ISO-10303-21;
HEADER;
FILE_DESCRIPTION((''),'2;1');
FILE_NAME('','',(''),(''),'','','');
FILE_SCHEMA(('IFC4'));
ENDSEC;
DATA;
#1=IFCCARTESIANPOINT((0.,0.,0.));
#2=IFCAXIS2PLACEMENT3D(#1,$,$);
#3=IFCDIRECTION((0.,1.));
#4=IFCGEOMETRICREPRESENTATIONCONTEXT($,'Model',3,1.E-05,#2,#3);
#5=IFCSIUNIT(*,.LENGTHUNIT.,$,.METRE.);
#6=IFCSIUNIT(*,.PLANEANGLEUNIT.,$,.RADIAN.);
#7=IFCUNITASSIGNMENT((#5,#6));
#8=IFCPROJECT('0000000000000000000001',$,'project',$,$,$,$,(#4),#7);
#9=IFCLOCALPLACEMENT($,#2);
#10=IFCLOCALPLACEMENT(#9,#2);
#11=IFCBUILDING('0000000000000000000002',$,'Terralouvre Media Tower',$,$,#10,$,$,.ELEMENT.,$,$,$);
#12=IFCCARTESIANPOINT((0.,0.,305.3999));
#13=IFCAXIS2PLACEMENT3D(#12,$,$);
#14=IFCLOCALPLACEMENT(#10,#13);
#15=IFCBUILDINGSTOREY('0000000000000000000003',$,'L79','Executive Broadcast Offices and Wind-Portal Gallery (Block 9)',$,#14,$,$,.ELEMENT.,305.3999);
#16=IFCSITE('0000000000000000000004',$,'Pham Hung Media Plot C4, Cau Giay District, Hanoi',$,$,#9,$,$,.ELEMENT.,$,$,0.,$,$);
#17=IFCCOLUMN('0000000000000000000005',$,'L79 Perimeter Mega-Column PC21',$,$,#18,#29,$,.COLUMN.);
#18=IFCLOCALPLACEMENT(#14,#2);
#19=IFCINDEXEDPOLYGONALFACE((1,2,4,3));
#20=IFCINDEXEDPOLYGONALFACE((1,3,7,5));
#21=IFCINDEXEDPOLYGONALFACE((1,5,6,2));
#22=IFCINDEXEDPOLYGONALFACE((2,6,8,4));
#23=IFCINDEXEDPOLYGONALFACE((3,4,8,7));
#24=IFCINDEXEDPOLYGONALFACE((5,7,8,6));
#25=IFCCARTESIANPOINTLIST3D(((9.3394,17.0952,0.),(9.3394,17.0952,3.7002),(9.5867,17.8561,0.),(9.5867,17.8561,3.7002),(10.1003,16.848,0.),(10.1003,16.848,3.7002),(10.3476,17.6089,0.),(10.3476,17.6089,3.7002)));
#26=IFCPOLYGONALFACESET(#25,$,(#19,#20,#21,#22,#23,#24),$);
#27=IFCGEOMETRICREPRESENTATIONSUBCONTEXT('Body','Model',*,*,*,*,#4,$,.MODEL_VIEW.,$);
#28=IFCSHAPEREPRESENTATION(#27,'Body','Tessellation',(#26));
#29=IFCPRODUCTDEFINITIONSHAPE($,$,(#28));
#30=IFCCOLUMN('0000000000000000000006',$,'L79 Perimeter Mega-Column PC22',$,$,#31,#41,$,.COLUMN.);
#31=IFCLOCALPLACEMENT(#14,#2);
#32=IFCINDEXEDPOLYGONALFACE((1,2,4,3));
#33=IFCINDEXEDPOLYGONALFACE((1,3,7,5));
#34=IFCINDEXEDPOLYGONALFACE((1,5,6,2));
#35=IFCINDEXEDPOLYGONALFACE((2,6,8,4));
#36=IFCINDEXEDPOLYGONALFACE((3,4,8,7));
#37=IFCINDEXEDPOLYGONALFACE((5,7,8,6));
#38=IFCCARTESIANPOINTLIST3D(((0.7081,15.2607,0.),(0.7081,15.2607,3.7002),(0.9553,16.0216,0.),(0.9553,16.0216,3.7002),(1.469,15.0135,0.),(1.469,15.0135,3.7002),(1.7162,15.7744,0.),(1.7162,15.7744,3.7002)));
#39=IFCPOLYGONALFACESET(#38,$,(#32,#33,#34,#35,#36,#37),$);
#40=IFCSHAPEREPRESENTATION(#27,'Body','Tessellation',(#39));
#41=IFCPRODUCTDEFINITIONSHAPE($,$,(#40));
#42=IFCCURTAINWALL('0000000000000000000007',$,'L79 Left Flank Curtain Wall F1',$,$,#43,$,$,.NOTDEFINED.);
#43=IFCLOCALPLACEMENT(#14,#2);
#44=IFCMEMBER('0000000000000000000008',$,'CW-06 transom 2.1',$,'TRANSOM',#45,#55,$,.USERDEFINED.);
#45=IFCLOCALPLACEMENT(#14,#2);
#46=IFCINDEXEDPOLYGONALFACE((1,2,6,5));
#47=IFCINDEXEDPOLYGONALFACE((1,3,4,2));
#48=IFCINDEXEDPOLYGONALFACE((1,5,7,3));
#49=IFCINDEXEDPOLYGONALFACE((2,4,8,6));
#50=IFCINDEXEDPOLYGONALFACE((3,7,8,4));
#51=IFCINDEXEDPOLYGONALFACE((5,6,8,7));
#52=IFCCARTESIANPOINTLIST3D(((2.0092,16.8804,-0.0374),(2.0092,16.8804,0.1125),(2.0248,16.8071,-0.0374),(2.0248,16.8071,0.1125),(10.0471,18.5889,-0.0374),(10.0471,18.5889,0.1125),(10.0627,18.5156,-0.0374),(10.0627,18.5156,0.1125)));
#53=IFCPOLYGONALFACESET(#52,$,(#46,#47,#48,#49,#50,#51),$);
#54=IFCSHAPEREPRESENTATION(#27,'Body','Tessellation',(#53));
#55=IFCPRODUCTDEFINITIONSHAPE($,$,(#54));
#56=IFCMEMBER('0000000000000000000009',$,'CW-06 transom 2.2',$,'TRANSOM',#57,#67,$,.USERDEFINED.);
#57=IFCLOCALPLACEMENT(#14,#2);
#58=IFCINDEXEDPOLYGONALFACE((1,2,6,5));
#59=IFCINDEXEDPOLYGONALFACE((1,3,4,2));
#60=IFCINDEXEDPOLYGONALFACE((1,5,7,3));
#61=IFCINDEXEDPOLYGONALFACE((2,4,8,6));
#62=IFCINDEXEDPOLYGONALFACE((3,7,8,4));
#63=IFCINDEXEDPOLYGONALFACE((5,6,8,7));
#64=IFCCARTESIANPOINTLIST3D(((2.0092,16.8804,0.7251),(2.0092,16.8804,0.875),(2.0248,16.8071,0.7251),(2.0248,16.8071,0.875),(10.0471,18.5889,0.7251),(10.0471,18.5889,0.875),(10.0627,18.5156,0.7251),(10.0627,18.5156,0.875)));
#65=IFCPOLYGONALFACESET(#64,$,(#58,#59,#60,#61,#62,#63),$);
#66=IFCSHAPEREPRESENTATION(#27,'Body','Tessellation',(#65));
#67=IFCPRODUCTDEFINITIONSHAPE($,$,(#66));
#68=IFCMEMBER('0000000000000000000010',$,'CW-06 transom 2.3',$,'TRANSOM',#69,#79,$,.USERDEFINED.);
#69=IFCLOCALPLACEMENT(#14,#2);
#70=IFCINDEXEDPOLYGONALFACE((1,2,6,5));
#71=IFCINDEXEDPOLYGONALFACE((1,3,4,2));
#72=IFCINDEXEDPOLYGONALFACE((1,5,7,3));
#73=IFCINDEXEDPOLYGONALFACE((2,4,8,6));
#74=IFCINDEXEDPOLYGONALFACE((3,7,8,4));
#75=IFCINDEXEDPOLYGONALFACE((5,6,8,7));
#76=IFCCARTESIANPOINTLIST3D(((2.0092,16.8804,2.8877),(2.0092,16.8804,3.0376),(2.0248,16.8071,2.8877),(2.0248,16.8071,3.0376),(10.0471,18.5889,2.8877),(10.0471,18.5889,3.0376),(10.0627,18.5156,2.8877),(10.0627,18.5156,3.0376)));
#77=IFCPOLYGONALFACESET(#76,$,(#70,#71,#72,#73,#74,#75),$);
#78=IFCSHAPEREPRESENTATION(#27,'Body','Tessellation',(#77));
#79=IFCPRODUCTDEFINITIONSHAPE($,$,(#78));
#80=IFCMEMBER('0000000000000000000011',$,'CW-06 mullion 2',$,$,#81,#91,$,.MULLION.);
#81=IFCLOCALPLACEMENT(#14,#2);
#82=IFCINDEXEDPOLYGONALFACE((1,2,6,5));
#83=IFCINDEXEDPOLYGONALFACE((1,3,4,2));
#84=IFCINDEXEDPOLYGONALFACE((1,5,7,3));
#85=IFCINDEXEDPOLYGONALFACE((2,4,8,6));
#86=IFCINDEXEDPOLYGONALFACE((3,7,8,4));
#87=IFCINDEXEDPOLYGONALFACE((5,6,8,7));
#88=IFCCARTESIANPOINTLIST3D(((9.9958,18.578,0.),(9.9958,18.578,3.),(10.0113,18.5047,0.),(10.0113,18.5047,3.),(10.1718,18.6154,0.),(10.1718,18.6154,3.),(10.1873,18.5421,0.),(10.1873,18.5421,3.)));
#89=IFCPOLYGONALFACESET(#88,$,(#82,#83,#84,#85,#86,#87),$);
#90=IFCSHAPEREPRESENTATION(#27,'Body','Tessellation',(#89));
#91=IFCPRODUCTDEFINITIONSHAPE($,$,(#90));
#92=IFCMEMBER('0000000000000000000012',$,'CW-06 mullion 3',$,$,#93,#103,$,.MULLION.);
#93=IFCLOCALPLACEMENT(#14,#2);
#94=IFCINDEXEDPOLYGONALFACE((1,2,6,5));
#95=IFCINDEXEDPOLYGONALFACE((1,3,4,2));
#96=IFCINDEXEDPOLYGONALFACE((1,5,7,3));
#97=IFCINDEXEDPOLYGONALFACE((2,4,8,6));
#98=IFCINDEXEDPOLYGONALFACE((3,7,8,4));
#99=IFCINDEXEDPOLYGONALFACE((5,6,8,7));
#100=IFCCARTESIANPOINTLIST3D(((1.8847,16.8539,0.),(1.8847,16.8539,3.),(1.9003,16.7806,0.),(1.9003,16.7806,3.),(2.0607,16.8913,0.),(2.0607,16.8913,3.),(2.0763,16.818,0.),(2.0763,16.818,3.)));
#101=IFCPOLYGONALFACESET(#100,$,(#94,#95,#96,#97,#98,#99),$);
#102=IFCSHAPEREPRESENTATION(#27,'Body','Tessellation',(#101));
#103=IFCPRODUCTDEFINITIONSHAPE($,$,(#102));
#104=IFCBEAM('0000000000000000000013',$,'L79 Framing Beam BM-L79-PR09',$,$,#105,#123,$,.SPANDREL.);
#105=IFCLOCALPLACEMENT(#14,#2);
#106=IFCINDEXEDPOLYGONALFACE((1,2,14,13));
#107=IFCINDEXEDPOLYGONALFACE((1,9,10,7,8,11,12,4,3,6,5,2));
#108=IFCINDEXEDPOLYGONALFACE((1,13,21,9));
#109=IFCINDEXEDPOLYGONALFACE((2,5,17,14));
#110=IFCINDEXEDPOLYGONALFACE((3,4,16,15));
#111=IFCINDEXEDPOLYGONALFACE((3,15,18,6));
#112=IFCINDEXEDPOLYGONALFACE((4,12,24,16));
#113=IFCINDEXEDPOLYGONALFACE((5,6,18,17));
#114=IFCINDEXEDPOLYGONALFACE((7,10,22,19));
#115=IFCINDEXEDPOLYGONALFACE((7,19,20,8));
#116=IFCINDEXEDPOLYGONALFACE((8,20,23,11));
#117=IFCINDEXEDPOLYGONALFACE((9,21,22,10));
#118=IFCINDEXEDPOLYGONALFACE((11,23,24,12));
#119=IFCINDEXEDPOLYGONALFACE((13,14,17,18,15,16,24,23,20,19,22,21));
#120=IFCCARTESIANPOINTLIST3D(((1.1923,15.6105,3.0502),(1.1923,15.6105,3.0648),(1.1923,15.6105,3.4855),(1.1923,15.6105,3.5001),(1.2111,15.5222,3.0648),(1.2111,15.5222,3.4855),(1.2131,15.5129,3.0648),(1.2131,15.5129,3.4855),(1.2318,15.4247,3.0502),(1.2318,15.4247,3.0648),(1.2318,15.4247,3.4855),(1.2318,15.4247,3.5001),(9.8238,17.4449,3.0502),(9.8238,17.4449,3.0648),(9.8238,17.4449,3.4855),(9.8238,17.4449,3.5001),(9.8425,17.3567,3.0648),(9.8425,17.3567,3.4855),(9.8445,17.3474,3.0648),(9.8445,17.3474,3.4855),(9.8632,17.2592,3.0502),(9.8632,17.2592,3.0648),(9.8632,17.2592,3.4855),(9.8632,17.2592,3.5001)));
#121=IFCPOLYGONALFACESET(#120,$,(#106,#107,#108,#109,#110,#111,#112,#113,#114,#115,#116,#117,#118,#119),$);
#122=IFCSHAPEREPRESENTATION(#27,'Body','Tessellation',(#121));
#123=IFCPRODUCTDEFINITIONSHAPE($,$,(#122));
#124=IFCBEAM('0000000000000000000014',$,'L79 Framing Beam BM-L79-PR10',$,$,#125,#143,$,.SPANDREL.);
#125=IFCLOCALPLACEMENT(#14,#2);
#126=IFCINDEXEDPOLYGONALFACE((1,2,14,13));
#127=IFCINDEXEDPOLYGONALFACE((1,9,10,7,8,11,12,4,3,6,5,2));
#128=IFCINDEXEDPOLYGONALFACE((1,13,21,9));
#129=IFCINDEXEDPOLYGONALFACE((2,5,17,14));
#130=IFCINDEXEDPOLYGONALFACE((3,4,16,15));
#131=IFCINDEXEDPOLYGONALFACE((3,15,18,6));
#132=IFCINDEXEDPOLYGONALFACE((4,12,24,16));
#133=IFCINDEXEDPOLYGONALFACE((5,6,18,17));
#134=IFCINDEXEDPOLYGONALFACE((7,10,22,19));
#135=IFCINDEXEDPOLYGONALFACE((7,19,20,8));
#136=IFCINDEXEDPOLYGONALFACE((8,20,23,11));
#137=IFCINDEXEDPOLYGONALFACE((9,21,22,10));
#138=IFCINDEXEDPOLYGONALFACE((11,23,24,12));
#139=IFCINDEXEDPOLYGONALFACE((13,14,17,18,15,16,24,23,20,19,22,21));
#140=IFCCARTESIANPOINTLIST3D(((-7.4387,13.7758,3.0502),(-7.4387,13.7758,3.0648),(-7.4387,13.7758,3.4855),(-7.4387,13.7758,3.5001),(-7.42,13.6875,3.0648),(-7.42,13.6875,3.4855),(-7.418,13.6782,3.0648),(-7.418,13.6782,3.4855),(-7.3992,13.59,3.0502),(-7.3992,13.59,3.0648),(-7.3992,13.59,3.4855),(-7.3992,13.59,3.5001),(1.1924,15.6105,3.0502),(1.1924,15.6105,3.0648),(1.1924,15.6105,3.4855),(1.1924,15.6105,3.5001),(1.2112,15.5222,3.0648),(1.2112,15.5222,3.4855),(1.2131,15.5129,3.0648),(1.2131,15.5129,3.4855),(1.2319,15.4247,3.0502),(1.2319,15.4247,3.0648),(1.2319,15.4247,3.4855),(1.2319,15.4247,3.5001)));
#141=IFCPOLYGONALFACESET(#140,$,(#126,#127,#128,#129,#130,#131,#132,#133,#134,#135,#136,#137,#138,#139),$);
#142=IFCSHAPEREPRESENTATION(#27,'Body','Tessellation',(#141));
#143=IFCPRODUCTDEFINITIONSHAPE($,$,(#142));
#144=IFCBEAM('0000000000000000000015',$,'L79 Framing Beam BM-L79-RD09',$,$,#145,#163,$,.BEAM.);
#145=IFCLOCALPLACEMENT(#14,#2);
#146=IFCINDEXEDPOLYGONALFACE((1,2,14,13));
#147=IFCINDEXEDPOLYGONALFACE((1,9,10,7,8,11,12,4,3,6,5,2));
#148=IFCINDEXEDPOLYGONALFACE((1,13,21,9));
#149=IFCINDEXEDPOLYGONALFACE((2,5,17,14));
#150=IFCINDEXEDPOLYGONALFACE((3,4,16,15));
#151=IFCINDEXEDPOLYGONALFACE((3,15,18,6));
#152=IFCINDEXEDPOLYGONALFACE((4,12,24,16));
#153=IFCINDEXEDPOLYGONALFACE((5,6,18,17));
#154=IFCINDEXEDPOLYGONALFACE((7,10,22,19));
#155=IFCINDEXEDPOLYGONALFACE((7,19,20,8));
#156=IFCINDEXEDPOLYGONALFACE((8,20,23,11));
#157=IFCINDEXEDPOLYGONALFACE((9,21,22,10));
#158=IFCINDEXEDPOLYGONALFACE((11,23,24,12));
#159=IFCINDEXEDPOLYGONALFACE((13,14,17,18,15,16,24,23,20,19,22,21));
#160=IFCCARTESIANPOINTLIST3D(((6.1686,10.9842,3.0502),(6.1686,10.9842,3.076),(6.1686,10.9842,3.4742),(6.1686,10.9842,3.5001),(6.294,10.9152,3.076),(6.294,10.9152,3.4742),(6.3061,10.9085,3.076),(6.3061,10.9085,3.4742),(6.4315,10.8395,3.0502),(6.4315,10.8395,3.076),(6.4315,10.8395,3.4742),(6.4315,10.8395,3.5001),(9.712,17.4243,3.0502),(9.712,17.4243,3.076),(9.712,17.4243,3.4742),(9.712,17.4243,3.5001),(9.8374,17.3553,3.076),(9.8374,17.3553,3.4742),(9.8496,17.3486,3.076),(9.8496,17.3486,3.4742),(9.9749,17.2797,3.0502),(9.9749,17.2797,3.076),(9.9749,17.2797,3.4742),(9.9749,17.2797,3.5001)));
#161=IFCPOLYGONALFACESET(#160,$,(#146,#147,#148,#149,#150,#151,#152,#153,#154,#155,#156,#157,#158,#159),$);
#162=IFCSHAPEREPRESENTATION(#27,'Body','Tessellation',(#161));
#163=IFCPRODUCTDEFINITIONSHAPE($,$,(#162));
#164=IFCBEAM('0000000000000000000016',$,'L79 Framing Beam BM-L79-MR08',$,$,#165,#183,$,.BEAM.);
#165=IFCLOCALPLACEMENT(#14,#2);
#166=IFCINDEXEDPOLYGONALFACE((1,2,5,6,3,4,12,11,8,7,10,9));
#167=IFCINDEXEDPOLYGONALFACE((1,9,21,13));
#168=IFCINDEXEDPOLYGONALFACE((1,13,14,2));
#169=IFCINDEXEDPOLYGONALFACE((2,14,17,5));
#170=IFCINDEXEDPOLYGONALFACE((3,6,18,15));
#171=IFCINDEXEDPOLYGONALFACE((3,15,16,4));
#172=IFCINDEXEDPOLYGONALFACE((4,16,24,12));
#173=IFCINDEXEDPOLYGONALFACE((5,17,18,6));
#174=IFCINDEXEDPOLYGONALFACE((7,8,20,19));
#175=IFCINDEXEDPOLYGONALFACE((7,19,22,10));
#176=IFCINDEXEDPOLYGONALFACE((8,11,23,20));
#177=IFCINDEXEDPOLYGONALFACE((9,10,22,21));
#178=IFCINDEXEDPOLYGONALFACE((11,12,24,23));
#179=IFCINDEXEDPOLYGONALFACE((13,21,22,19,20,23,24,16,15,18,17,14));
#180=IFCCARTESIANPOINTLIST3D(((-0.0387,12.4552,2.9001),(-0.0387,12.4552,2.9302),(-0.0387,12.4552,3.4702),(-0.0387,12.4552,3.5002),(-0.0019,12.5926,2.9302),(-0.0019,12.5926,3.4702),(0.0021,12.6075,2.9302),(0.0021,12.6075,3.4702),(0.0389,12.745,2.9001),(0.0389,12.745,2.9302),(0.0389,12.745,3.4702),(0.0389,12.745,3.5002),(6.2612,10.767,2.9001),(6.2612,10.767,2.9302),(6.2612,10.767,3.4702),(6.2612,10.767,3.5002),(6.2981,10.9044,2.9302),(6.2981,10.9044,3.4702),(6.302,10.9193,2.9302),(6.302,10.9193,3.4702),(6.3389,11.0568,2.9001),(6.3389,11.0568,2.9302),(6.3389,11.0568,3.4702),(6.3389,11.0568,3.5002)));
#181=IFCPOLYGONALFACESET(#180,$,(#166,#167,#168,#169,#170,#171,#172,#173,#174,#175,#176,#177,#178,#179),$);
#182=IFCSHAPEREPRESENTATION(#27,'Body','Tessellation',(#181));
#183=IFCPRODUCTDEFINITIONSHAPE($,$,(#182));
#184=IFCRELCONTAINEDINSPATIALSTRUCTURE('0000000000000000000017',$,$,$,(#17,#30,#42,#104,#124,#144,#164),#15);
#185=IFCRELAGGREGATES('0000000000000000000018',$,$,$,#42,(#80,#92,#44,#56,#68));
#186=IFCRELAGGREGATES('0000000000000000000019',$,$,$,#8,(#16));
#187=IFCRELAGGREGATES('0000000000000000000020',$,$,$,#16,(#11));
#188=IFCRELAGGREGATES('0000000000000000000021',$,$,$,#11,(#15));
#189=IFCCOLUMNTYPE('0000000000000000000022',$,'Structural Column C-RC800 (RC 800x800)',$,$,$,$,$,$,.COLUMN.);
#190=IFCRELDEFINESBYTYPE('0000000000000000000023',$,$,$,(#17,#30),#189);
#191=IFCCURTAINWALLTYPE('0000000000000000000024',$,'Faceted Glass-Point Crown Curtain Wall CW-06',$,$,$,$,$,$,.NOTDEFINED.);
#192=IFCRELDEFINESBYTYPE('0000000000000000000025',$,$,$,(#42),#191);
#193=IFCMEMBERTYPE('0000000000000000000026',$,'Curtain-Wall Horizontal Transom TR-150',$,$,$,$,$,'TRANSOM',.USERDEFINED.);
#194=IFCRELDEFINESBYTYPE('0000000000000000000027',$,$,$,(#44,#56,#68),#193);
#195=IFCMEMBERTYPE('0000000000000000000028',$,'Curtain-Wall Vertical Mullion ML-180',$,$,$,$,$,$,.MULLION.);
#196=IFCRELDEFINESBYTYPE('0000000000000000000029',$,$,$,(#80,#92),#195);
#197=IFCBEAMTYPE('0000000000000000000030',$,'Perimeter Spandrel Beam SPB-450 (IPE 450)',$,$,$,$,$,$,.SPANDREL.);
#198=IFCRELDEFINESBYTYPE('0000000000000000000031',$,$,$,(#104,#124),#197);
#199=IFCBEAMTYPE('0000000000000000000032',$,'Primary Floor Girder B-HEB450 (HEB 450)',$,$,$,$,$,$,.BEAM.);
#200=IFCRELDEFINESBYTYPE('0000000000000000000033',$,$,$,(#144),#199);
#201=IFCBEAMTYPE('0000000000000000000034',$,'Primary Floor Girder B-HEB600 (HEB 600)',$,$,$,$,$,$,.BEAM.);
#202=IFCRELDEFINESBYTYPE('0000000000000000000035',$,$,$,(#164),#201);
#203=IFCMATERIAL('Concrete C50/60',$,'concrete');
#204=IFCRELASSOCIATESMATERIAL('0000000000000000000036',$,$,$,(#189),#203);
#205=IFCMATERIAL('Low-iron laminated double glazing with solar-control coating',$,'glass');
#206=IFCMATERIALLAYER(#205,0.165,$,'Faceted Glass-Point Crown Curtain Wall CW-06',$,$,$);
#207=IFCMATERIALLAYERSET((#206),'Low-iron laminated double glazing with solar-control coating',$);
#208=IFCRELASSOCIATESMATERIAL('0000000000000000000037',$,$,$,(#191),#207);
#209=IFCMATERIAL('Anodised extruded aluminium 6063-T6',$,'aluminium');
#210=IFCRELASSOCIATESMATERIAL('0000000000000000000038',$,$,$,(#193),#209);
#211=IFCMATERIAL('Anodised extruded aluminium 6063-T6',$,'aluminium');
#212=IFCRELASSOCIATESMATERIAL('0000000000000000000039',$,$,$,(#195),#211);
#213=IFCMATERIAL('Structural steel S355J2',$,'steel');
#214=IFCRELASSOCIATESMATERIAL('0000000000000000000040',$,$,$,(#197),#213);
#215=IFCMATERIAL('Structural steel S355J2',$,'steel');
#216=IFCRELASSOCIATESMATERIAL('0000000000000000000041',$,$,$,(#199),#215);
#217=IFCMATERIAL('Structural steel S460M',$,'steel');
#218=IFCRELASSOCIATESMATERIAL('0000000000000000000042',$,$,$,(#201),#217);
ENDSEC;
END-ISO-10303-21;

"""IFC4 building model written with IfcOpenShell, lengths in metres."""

from ifc_helpers import new_model, si_unit, direction, frame, origin, origin_2d, place, context, subcontext, project, spatial, rectangle, i_section, extrude, material, layer, layer_set, material_profile, profile_set, type_object, element, aggregate, save


model = new_model("IFC4")

# Units and contexts
model_context = context("Model", 3, precision=1e-05, world=origin(), true_north=direction((0.0, 1.0)))
body_context = subcontext(model_context, "Body", "Model", "MODEL_VIEW")
ifc_project = project(units=[si_unit("LENGTHUNIT", "METRE"), si_unit("PLANEANGLEUNIT", "RADIAN")], contexts=[model_context])

# Site, building, storey
site_placement = place(None, origin())
site = spatial("IfcSite", under=ifc_project, at=site_placement, Name="Pham Hung Media Plot C4, Cau Giay District, Hanoi", CompositionType="ELEMENT", RefElevation=0.0)
building_placement = place(site_placement, origin())
building = spatial("IfcBuilding", under=site, at=building_placement, Name="Terralouvre Media Tower", CompositionType="ELEMENT")
storey_placement = place(building_placement, frame((0.0, 0.0, 305.3999)))
storey = spatial("IfcBuildingStorey", under=building, at=storey_placement, Name="L79", Description="Executive Broadcast Offices and Wind-Portal Gallery (Block 9)", CompositionType="ELEMENT", Elevation=305.3999)

# Columns
ifc_material_1 = material(Name="Concrete C50/60", Category="concrete")
ifc_material_profile_1 = material_profile(ifc_material_1, rectangle(XDim=0.8, YDim=0.8, at=origin_2d()), Name="RC 800x800")
ifc_profile_set_1 = profile_set([ifc_material_profile_1], Name="Concrete C50/60")
column_type = type_object("IfcColumnType", Name="Structural Column C-RC800 (RC 800x800)", PredefinedType="COLUMN", material=ifc_profile_set_1)
for number, where, z_axis, x_axis, name in (
    (1, (9.8435, 17.3521, 0.0), (0.0, 0.0, 1.0), (0.309017, 0.951057, 0.0), "L79 Perimeter Mega-Column PC21"),
    (2, (1.2122, 15.5176, 0.0), (0.0, 0.0, 1.0), (0.309017, 0.951057, 0.0), "L79 Perimeter Mega-Column PC22"),
):
    element("IfcColumn", number, at=place(storey_placement, frame(where, z_axis=z_axis, x_axis=x_axis)), inside=storey, type_object=column_type, Name=name, PredefinedType="COLUMN", context=body_context, shape_type="SweptSolid", body=[
        extrude(rectangle(XDim=0.8, YDim=0.8, at=origin_2d()), origin(), (0.0, 0.0, 1.0), 3.7002),
    ])

# Curtain wall, members
ifc_material_2 = material(Name="Low-iron laminated double glazing with solar-control coating", Category="glass")
ifc_layer_1 = layer(ifc_material_2, 0.165, Name="Faceted Glass-Point Crown Curtain Wall CW-06")
ifc_layer_set_1 = layer_set([ifc_layer_1], Name="Low-iron laminated double glazing with solar-control coating")
curtain_wall_type = type_object("IfcCurtainWallType", Name="Faceted Glass-Point Crown Curtain Wall CW-06", PredefinedType="NOTDEFINED", material=ifc_layer_set_1)
curtain_wall_placement = place(storey_placement, origin())
curtain_wall = element("IfcCurtainWall", 3, at=curtain_wall_placement, inside=storey, type_object=curtain_wall_type, Name="L79 Left Flank Curtain Wall F1", PredefinedType="NOTDEFINED")
ifc_material_3 = material(Name="Anodised extruded aluminium 6063-T6", Category="aluminium")
ifc_material_profile_2 = material_profile(ifc_material_3, rectangle(XDim=0.075, YDim=0.1499, at=origin_2d()), Name="ALU 75x150")
ifc_profile_set_2 = profile_set([ifc_material_profile_2], Name="Anodised extruded aluminium 6063-T6")
member_type_1 = type_object("IfcMemberType", Name="Curtain-Wall Horizontal Transom TR-150", ElementType="TRANSOM", PredefinedType="USERDEFINED", material=ifc_profile_set_2)
member_1_placement = place(storey_placement, frame((10.0549, 18.5522, 0.0376), z_axis=(-0.978148, -0.207912, 0.0), x_axis=(0.207912, -0.978148, 0.0)))
member_1 = element("IfcMember", 4, at=member_1_placement, type_object=member_type_1, Name="CW-06 transom 2.1", ObjectType="TRANSOM", PredefinedType="USERDEFINED", context=body_context, shape_type="SweptSolid", body=[
    extrude(rectangle(XDim=0.075, YDim=0.1499, at=origin_2d()), origin(), (0.0, 0.0, 1.0), 8.2175),
])
member_2_placement = place(storey_placement, frame((10.0549, 18.5522, 0.8), z_axis=(-0.978148, -0.207912, 0.0), x_axis=(0.207912, -0.978148, 0.0)))
member_2 = element("IfcMember", 5, at=member_2_placement, type_object=member_type_1, Name="CW-06 transom 2.2", ObjectType="TRANSOM", PredefinedType="USERDEFINED", context=body_context, shape_type="SweptSolid", body=[
    extrude(rectangle(XDim=0.075, YDim=0.1499, at=origin_2d()), origin(), (0.0, 0.0, 1.0), 8.2175),
])
member_3_placement = place(storey_placement, frame((10.0549, 18.5522, 2.9626), z_axis=(-0.978148, -0.207912, 0.0), x_axis=(0.207912, -0.978148, 0.0)))
member_3 = element("IfcMember", 6, at=member_3_placement, type_object=member_type_1, Name="CW-06 transom 2.3", ObjectType="TRANSOM", PredefinedType="USERDEFINED", context=body_context, shape_type="SweptSolid", body=[
    extrude(rectangle(XDim=0.075, YDim=0.1499, at=origin_2d()), origin(), (0.0, 0.0, 1.0), 8.2175),
])
ifc_material_4 = material(Name="Anodised extruded aluminium 6063-T6", Category="aluminium")
ifc_material_profile_3 = material_profile(ifc_material_4, rectangle(XDim=0.075, YDim=0.1799, at=origin_2d()), Name="ALU 75x180")
ifc_profile_set_3 = profile_set([ifc_material_profile_3], Name="Anodised extruded aluminium 6063-T6")
member_type_2 = type_object("IfcMemberType", Name="Curtain-Wall Vertical Mullion ML-180", PredefinedType="MULLION", material=ifc_profile_set_3)
member_4_placement = place(storey_placement, frame((10.0916, 18.5601, 0.0), z_axis=(0.0, 0.0, 1.0), x_axis=(0.207912, -0.978148, 0.0)))
member_4 = element("IfcMember", 7, at=member_4_placement, type_object=member_type_2, Name="CW-06 mullion 2", PredefinedType="MULLION", context=body_context, shape_type="SweptSolid", body=[
    extrude(rectangle(XDim=0.075, YDim=0.1799, at=origin_2d()), origin(), (0.0, 0.0, 1.0), 3.0),
])
member_5_placement = place(storey_placement, frame((1.9805, 16.8359, 0.0), z_axis=(0.0, 0.0, 1.0), x_axis=(0.207912, -0.978148, 0.0)))
member_5 = element("IfcMember", 8, at=member_5_placement, type_object=member_type_2, Name="CW-06 mullion 3", PredefinedType="MULLION", context=body_context, shape_type="SweptSolid", body=[
    extrude(rectangle(XDim=0.075, YDim=0.1799, at=origin_2d()), origin(), (0.0, 0.0, 1.0), 3.0),
])

# Beams
ifc_material_5 = material(Name="Structural steel S355J2", Category="steel")
ifc_material_profile_4 = material_profile(ifc_material_5, i_section(OverallWidth=0.1899, OverallDepth=0.45, WebThickness=0.0095, FlangeThickness=0.0146, at=origin_2d()), Name="IPE 450")
ifc_profile_set_4 = profile_set([ifc_material_profile_4], Name="Structural steel S355J2")
beam_type_1 = type_object("IfcBeamType", Name="Perimeter Spandrel Beam SPB-450 (IPE 450)", PredefinedType="SPANDREL", material=ifc_profile_set_4)
beam_1_placement = place(storey_placement, frame((9.8435, 17.3521, 3.2751), z_axis=(-0.978152, -0.207893, 0.0), x_axis=(0.207893, -0.978152, 0.0)))
element("IfcBeam", 9, at=beam_1_placement, inside=storey, type_object=beam_type_1, Name="L79 Framing Beam BM-L79-PR09", PredefinedType="SPANDREL", context=body_context, shape_type="SweptSolid", body=[
    extrude(i_section(OverallWidth=0.1899, OverallDepth=0.45, WebThickness=0.0095, FlangeThickness=0.0146, at=origin_2d()), origin(), (0.0, 0.0, 1.0), 8.8242),
])
beam_2_placement = place(storey_placement, frame((1.2122, 15.5176, 3.2751), z_axis=(-0.978145, -0.207925, 0.0), x_axis=(0.207925, -0.978145, 0.0)))
element("IfcBeam", 10, at=beam_2_placement, inside=storey, type_object=beam_type_1, Name="L79 Framing Beam BM-L79-PR10", PredefinedType="SPANDREL", context=body_context, shape_type="SweptSolid", body=[
    extrude(i_section(OverallWidth=0.1899, OverallDepth=0.45, WebThickness=0.0095, FlangeThickness=0.0146, at=origin_2d()), origin(), (0.0, 0.0, 1.0), 8.824),
])
ifc_material_6 = material(Name="Structural steel S355J2", Category="steel")
ifc_material_profile_5 = material_profile(ifc_material_6, i_section(OverallWidth=0.3, OverallDepth=0.45, WebThickness=0.0139, FlangeThickness=0.0259, at=origin_2d()), Name="HEB 450")
ifc_profile_set_5 = profile_set([ifc_material_profile_5], Name="Structural steel S355J2")
beam_type_2 = type_object("IfcBeamType", Name="Primary Floor Girder B-HEB450 (HEB 450)", PredefinedType="BEAM", material=ifc_profile_set_5)
beam_3_placement = place(storey_placement, frame((6.3, 10.9119, 3.2751), z_axis=(0.48206, 0.876138, 0.0), x_axis=(-0.876138, 0.48206, 0.0)))
element("IfcBeam", 11, at=beam_3_placement, inside=storey, type_object=beam_type_2, Name="L79 Framing Beam BM-L79-RD09", PredefinedType="BEAM", context=body_context, shape_type="SweptSolid", body=[
    extrude(i_section(OverallWidth=0.3, OverallDepth=0.45, WebThickness=0.0139, FlangeThickness=0.0259, at=origin_2d()), origin(), (0.0, 0.0, 1.0), 7.3506),
])
ifc_material_7 = material(Name="Structural steel S460M", Category="steel")
ifc_material_profile_6 = material_profile(ifc_material_7, i_section(OverallWidth=0.3, OverallDepth=0.6001, WebThickness=0.0154, FlangeThickness=0.03, at=origin_2d()), Name="HEB 600")
ifc_profile_set_6 = profile_set([ifc_material_profile_6], Name="Structural steel S460M")
beam_type_3 = type_object("IfcBeamType", Name="Primary Floor Girder B-HEB600 (HEB 600)", PredefinedType="BEAM", material=ifc_profile_set_6)
beam_4_placement = place(storey_placement, frame((6.3, 10.9119, 3.2002), z_axis=(-0.96592, 0.258839, 0.0), x_axis=(-0.258839, -0.96592, 0.0)))
element("IfcBeam", 12, at=beam_4_placement, inside=storey, type_object=beam_type_3, Name="L79 Framing Beam BM-L79-MR08", PredefinedType="BEAM", context=body_context, shape_type="SweptSolid", body=[
    extrude(i_section(OverallWidth=0.3, OverallDepth=0.6001, WebThickness=0.0154, FlangeThickness=0.03, at=origin_2d()), origin(), (0.0, 0.0, 1.0), 6.5222),
])

aggregate(curtain_wall, [member_4, member_5, member_1, member_2, member_3])

save(model, "model.ifc")
